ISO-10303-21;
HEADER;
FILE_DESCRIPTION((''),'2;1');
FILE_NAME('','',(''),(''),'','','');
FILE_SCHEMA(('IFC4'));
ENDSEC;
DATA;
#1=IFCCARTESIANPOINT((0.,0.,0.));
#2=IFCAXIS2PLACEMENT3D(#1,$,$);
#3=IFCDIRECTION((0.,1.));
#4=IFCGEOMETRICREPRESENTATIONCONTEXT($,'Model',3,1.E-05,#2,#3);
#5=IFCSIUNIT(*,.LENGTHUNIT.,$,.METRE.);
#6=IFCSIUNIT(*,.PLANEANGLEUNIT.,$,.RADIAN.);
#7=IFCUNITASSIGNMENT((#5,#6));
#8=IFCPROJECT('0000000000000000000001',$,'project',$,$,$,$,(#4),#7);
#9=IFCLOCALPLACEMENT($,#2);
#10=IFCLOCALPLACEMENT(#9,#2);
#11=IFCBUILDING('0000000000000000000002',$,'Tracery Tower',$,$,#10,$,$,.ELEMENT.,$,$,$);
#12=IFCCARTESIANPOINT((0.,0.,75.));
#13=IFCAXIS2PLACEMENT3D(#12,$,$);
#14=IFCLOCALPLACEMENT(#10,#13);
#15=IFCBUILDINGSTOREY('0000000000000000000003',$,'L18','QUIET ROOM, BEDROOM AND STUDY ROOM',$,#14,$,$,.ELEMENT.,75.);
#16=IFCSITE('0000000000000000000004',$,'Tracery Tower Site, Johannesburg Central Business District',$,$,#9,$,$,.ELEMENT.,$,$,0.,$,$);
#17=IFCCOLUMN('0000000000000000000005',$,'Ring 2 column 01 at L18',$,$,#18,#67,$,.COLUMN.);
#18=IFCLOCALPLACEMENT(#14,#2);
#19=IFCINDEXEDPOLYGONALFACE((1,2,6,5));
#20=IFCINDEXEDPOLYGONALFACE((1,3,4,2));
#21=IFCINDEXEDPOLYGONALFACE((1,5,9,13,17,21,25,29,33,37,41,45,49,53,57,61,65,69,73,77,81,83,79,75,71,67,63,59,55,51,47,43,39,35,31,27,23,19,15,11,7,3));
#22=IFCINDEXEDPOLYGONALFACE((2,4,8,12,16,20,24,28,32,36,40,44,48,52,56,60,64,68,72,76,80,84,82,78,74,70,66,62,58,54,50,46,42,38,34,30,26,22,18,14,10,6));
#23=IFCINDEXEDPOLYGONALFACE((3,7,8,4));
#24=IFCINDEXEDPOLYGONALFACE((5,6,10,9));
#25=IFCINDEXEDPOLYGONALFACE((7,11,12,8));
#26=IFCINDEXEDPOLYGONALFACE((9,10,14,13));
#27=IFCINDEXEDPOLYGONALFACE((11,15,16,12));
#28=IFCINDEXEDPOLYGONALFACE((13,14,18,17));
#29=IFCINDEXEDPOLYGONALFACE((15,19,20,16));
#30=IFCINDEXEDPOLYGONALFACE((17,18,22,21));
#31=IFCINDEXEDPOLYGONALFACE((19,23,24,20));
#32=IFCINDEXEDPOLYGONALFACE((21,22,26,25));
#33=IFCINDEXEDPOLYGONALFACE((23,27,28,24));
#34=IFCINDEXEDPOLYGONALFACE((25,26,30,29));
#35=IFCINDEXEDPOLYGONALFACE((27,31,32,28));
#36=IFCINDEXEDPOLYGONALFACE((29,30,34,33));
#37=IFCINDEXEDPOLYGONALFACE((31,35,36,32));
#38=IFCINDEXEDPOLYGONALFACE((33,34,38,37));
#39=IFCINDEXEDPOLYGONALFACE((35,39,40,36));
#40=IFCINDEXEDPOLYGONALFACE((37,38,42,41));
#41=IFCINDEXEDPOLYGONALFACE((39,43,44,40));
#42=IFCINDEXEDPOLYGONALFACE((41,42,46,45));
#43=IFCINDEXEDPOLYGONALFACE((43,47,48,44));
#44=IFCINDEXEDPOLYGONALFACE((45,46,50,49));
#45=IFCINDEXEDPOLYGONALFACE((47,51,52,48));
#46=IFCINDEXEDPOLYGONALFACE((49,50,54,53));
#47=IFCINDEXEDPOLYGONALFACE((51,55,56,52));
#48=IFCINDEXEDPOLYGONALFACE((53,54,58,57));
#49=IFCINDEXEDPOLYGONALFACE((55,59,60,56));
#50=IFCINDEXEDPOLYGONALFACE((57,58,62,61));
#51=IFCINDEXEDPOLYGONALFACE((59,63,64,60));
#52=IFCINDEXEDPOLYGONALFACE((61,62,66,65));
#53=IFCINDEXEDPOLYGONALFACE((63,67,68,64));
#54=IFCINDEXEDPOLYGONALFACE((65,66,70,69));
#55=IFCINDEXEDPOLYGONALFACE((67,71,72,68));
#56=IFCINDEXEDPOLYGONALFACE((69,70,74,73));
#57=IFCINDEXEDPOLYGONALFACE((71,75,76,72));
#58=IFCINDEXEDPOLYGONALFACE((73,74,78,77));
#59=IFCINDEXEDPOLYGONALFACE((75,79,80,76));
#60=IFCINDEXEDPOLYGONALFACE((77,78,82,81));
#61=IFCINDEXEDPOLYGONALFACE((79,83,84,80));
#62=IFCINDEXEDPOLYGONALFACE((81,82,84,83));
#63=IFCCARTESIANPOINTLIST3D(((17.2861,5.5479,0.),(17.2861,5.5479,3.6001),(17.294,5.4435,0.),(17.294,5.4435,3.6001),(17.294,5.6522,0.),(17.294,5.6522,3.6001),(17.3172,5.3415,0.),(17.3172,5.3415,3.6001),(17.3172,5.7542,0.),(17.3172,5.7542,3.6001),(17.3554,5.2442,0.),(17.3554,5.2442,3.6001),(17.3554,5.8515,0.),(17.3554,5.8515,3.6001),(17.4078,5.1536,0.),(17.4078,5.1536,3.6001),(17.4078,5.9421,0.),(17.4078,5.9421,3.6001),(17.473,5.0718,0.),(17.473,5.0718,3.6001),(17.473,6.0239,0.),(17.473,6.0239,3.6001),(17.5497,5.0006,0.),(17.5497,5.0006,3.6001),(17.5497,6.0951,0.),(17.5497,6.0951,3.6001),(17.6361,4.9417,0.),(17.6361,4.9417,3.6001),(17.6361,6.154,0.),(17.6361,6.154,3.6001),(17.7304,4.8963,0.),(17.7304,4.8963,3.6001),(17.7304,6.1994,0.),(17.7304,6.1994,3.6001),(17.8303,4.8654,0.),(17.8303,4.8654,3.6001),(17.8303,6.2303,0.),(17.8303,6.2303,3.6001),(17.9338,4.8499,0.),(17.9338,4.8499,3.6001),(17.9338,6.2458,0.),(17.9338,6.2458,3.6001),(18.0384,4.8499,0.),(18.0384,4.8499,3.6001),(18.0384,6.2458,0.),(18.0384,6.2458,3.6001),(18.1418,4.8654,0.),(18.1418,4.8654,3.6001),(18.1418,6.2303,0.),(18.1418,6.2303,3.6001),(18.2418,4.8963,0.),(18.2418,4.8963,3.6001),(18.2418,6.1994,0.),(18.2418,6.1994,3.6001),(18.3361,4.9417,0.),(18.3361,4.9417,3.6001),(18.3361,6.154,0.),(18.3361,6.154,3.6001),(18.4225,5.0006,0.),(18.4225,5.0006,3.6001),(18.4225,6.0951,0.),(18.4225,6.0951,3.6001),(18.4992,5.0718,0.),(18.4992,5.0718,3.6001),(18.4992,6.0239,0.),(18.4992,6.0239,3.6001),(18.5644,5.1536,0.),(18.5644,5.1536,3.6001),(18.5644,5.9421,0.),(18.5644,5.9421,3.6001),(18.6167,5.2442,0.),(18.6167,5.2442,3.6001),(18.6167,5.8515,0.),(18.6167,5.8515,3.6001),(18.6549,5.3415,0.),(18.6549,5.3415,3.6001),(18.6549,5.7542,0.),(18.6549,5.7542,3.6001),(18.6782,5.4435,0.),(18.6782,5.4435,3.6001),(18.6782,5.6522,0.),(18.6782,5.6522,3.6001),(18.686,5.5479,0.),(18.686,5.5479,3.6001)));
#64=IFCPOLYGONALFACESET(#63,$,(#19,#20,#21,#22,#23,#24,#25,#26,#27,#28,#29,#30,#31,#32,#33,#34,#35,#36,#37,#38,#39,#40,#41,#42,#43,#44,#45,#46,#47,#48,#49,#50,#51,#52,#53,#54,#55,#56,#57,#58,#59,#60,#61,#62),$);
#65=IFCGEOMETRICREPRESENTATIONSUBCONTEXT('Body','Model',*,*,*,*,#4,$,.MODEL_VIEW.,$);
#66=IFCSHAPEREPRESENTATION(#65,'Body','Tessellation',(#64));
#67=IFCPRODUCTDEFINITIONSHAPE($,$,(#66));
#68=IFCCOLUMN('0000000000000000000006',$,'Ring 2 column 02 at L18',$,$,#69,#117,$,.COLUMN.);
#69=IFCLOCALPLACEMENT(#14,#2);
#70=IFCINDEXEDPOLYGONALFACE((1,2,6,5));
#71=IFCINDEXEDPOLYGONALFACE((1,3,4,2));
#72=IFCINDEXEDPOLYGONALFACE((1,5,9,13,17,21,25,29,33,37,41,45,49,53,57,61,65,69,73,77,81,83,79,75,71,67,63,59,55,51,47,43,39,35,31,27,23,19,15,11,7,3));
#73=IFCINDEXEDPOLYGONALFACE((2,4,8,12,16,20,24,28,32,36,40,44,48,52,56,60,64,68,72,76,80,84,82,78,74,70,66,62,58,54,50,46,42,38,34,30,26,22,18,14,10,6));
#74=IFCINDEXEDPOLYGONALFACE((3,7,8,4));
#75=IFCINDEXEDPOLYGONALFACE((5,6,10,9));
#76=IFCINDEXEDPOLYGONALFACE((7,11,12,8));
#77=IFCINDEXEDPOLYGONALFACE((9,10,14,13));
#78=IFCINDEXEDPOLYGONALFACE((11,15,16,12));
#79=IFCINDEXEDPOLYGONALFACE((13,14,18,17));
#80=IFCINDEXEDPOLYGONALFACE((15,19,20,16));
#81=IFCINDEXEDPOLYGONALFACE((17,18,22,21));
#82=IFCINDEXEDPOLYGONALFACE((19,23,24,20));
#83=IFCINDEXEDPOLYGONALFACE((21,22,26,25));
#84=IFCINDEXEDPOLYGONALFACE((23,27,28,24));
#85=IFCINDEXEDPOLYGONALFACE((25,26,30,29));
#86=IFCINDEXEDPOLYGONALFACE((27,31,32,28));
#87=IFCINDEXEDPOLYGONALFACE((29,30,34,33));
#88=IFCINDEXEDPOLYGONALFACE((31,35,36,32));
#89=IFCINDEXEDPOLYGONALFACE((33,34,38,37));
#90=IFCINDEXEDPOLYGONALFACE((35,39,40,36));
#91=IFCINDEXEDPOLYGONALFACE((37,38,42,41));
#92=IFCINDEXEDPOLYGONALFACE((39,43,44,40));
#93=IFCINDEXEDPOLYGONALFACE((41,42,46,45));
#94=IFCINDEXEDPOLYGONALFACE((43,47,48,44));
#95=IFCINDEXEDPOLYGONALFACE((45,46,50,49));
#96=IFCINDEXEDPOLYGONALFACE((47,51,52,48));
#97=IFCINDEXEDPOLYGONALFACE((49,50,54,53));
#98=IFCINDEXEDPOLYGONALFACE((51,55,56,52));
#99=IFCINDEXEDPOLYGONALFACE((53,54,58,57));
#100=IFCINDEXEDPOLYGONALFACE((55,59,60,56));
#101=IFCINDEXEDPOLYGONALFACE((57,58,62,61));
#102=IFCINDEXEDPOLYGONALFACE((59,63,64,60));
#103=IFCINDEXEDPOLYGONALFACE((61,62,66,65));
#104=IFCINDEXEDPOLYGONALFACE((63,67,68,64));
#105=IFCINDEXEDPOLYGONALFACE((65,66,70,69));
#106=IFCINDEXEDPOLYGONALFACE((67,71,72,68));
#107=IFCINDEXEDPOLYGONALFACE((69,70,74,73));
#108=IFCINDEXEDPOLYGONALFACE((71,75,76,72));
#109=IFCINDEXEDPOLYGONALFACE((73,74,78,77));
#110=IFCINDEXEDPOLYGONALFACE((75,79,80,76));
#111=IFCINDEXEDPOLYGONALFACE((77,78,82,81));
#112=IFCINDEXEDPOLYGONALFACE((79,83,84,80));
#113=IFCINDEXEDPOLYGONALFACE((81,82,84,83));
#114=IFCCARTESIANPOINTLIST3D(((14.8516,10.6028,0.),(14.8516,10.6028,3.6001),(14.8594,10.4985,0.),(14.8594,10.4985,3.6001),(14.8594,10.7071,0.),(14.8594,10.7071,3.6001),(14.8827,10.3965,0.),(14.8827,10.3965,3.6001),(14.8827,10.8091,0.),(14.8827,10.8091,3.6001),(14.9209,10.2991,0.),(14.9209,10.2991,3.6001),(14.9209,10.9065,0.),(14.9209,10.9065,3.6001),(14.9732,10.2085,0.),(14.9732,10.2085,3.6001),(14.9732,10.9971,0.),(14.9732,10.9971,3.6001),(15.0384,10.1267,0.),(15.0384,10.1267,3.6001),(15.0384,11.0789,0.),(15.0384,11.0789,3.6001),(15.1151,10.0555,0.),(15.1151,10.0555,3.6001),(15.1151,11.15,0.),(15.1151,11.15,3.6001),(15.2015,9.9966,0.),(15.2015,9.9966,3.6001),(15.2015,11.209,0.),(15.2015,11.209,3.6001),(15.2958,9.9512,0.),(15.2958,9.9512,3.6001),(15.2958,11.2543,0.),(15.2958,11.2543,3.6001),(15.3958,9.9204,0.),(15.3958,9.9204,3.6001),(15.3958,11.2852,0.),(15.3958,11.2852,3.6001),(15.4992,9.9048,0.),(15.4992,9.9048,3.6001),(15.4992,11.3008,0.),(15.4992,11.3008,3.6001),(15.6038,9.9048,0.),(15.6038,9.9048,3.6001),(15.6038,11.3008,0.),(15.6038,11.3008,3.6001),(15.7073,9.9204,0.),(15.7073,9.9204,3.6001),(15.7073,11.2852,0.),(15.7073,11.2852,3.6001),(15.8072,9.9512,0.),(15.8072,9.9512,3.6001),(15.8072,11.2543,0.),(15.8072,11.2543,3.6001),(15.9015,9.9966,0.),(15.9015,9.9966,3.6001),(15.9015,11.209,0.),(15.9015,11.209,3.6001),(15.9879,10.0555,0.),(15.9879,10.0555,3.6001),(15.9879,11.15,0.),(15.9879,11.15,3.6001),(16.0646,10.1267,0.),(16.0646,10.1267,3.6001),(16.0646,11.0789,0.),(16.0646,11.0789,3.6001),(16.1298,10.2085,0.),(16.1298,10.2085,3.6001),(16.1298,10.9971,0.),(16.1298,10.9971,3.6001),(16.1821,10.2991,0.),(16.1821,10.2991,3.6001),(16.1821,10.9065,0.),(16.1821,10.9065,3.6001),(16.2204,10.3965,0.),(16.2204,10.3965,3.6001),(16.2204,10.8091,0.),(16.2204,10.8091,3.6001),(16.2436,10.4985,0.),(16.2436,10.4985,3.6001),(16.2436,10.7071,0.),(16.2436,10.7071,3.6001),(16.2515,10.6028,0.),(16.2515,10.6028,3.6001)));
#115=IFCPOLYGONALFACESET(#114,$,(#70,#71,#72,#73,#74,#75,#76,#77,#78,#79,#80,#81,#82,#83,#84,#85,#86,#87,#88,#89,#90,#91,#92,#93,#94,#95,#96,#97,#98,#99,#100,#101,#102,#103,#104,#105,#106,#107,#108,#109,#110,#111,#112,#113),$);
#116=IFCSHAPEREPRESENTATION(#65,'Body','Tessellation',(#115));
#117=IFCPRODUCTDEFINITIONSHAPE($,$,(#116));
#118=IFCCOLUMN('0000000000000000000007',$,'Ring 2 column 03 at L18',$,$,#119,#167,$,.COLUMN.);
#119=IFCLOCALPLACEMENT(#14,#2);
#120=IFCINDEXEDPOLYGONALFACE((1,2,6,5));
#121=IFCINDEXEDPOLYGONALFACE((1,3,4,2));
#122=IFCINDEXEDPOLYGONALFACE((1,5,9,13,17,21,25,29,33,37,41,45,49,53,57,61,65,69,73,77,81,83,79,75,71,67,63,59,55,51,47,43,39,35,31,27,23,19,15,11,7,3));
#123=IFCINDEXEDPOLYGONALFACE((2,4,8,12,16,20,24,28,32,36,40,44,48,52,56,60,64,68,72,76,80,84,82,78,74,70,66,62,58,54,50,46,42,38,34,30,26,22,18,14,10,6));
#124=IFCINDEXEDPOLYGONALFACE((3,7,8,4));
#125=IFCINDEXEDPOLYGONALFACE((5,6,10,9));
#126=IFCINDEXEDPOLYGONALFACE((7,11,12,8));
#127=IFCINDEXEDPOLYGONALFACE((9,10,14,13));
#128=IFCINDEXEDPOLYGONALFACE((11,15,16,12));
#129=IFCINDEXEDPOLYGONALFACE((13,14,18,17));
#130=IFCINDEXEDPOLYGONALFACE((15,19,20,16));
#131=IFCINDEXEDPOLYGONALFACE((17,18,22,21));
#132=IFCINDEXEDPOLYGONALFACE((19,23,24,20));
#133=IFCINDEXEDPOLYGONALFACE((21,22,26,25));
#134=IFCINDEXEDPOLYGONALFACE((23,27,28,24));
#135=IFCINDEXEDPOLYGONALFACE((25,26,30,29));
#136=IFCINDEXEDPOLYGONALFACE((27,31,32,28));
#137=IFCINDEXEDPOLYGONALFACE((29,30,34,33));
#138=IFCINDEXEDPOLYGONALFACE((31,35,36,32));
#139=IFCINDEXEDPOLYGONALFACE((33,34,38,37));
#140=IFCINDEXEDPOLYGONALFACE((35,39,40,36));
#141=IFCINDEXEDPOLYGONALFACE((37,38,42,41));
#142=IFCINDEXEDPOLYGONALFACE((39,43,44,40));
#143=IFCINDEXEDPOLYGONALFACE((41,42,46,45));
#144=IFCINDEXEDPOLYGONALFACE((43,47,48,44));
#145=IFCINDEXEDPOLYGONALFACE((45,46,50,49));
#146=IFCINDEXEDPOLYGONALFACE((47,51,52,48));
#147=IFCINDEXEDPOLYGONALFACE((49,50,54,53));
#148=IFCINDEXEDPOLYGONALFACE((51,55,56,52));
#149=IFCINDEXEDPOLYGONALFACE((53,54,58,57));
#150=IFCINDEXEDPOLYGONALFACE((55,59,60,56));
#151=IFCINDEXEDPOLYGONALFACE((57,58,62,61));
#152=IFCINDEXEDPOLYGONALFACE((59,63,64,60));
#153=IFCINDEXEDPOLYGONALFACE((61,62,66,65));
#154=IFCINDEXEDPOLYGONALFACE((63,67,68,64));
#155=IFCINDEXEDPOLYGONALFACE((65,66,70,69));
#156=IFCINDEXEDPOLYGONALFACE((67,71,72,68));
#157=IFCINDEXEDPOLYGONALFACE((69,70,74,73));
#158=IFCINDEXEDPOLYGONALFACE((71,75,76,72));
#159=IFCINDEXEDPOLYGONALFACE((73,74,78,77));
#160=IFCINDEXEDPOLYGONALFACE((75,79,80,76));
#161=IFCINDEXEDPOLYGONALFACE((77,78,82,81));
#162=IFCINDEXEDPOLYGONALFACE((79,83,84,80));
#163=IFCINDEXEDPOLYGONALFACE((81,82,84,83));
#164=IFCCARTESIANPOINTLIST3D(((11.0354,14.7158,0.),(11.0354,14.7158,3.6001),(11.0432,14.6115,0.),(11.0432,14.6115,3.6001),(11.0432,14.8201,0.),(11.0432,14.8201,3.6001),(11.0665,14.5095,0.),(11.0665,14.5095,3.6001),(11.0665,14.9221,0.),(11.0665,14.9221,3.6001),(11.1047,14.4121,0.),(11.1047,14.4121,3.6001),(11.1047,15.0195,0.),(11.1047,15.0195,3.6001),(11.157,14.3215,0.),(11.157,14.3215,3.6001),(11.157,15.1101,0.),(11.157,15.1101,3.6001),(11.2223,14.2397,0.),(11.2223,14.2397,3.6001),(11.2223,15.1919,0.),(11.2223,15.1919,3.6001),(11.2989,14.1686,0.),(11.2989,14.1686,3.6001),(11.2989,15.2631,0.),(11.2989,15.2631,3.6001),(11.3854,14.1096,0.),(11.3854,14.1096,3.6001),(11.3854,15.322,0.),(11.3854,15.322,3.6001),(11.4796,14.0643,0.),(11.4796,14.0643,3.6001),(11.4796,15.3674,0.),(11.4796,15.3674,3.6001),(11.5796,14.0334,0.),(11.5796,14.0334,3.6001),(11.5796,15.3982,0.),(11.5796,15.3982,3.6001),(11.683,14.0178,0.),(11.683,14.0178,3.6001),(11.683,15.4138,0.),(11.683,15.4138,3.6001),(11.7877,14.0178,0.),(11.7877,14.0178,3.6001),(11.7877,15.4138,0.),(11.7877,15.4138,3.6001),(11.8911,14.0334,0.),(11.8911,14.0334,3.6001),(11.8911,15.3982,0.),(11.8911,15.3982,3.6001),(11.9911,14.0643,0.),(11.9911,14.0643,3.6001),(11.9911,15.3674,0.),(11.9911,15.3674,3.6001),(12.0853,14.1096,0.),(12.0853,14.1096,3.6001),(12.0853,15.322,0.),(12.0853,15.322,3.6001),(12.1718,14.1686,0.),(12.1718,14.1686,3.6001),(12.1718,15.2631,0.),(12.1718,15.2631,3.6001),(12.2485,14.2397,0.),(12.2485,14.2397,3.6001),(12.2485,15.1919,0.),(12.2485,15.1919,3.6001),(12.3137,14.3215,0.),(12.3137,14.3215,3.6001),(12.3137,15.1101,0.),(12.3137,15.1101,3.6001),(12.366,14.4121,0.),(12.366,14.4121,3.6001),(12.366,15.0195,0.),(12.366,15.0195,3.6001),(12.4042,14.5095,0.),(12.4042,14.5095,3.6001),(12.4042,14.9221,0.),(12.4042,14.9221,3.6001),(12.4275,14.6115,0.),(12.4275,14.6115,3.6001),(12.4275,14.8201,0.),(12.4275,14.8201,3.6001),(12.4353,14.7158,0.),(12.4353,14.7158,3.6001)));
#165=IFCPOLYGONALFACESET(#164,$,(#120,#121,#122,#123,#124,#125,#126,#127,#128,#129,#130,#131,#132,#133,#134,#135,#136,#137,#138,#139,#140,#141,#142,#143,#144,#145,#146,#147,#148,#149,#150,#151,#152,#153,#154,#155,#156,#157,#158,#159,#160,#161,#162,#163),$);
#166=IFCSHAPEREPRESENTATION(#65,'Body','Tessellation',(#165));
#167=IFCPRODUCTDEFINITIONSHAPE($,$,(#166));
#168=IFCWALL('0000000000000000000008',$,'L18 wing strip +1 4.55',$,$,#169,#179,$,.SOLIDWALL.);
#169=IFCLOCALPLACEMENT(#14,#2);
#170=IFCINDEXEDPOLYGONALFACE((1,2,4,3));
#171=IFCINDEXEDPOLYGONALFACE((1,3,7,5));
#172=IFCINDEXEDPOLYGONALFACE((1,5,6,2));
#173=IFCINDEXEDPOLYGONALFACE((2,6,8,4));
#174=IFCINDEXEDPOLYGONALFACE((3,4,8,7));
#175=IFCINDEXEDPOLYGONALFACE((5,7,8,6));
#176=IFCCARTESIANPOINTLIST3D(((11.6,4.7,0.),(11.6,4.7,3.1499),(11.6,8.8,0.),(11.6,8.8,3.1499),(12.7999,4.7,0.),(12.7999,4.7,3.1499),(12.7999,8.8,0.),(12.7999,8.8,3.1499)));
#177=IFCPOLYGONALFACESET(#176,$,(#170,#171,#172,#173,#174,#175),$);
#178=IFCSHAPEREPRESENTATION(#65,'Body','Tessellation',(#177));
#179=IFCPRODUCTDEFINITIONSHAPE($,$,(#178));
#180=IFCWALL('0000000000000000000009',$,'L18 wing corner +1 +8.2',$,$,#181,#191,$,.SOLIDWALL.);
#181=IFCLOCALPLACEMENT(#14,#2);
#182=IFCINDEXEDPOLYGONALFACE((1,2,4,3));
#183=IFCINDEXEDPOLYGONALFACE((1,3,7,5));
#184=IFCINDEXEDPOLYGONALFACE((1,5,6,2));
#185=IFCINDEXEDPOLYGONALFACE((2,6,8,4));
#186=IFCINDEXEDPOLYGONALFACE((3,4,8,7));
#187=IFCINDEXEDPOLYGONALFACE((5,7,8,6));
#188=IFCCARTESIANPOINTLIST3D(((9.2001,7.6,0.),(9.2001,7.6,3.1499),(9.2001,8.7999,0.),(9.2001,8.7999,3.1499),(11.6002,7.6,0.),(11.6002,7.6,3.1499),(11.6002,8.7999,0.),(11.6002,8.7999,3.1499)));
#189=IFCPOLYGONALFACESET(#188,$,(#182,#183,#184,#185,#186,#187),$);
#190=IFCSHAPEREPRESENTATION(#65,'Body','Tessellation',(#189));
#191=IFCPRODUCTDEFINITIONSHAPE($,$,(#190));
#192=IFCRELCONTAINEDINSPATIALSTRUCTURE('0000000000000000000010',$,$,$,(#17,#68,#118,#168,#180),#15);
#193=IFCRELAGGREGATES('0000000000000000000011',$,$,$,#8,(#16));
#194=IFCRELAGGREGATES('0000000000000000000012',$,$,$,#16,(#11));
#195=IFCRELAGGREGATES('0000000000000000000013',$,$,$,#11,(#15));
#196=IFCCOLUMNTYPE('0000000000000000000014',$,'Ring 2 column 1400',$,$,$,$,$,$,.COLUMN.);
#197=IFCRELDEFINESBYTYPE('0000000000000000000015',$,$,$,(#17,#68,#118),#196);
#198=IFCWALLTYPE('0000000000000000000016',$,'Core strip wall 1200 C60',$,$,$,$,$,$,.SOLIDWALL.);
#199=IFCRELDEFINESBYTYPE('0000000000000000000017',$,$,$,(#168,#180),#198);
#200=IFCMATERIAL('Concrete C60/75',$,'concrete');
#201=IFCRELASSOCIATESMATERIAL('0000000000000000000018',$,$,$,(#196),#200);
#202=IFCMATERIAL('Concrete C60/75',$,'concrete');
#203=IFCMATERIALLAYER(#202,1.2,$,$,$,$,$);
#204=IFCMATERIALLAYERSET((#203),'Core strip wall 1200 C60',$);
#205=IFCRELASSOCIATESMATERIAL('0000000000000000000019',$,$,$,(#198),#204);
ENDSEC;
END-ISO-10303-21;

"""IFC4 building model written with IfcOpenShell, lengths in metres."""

from ifc_helpers import new_model, si_unit, direction, frame, frame_2d, origin, origin_2d, place, context, subcontext, project, spatial, rectangle, circle, extrude, material, layer, layer_set, material_profile, profile_set, type_object, element, save


model = new_model("IFC4")

# Units and contexts
model_context = context("Model", 3, precision=1e-05, world=origin(), true_north=direction((0.0, 1.0)))
body_context = subcontext(model_context, "Body", "Model", "MODEL_VIEW")
ifc_project = project(units=[si_unit("LENGTHUNIT", "METRE"), si_unit("PLANEANGLEUNIT", "RADIAN")], contexts=[model_context])

# Site, building, storey
site_placement = place(None, origin())
site = spatial("IfcSite", under=ifc_project, at=site_placement, Name="Tracery Tower Site, Johannesburg Central Business District", CompositionType="ELEMENT", RefElevation=0.0)
building_placement = place(site_placement, origin())
building = spatial("IfcBuilding", under=site, at=building_placement, Name="Tracery Tower", CompositionType="ELEMENT")
storey_placement = place(building_placement, frame((0.0, 0.0, 75.0)))
storey = spatial("IfcBuildingStorey", under=building, at=storey_placement, Name="L18", Description="QUIET ROOM, BEDROOM AND STUDY ROOM", CompositionType="ELEMENT", Elevation=75.0)

# Columns
ifc_material_1 = material(Name="Concrete C60/75", Category="concrete")
ifc_material_profile_1 = material_profile(ifc_material_1, circle(Radius=0.7, at=origin_2d()), Name="RC D1400")
ifc_profile_set_1 = profile_set([ifc_material_profile_1], Name="Concrete C60/75")
column_type_1 = type_object("IfcColumnType", Name="Ring 2 column 1400", PredefinedType="COLUMN", material=ifc_profile_set_1)
for number, where, z_axis, x_axis, name in (
    (1, (17.9861, 5.5479, 0.0), (0.0, 0.0, 1.0), (1.0, 0.0, 0.0), "Ring 2 column 01 at L18"),
    (2, (15.5515, 10.6028, 0.0), (0.0, 0.0, 1.0), (1.0, 0.0, 0.0), "Ring 2 column 02 at L18"),
    (3, (11.7354, 14.7158, 0.0), (0.0, 0.0, 1.0), (1.0, 0.0, 0.0), "Ring 2 column 03 at L18"),
):
    element("IfcColumn", number, at=place(storey_placement, frame(where, z_axis=z_axis, x_axis=x_axis)), inside=storey, type_object=column_type_1, Name=name, PredefinedType="COLUMN", context=body_context, shape_type="SweptSolid", body=[
        extrude(circle(Radius=0.7, at=origin_2d()), origin(), (0.0, 0.0, 1.0), 3.6001),
    ])

# Walls
ifc_material_2 = material(Name="Concrete C60/75", Category="concrete")
ifc_layer_1 = layer(ifc_material_2, 1.2)
ifc_layer_set_1 = layer_set([ifc_layer_1], Name="Core strip wall 1200 C60")
wall_type_1 = type_object("IfcWallType", Name="Core strip wall 1200 C60", PredefinedType="SOLIDWALL", material=ifc_layer_set_1)
wall_1_placement = place(storey_placement, frame((12.2, 4.7, 0.0), z_axis=(0.0, 0.0, 1.0), x_axis=(0.0, 1.0, 0.0)))
element("IfcWall", 4, at=wall_1_placement, inside=storey, type_object=wall_type_1, Name="L18 wing strip +1 4.55", PredefinedType="SOLIDWALL", context=body_context, shape_type="SweptSolid", body=[
    extrude(rectangle(XDim=4.1001, YDim=1.2, at=frame_2d((2.05, 0.0))), origin(), (0.0, 0.0, 1.0), 3.1499),
])
wall_2_placement = place(storey_placement, frame((9.2, 8.2, 0.0), z_axis=(0.0, 0.0, 1.0), x_axis=(1.0, 0.0, 0.0)))
element("IfcWall", 5, at=wall_2_placement, inside=storey, type_object=wall_type_1, Name="L18 wing corner +1 +8.2", PredefinedType="SOLIDWALL", context=body_context, shape_type="SweptSolid", body=[
    extrude(rectangle(XDim=2.4001, YDim=1.2, at=frame_2d((1.2002, 0.0))), origin(), (0.0, 0.0, 1.0), 3.1499),
])

save(model, "model.ifc")
